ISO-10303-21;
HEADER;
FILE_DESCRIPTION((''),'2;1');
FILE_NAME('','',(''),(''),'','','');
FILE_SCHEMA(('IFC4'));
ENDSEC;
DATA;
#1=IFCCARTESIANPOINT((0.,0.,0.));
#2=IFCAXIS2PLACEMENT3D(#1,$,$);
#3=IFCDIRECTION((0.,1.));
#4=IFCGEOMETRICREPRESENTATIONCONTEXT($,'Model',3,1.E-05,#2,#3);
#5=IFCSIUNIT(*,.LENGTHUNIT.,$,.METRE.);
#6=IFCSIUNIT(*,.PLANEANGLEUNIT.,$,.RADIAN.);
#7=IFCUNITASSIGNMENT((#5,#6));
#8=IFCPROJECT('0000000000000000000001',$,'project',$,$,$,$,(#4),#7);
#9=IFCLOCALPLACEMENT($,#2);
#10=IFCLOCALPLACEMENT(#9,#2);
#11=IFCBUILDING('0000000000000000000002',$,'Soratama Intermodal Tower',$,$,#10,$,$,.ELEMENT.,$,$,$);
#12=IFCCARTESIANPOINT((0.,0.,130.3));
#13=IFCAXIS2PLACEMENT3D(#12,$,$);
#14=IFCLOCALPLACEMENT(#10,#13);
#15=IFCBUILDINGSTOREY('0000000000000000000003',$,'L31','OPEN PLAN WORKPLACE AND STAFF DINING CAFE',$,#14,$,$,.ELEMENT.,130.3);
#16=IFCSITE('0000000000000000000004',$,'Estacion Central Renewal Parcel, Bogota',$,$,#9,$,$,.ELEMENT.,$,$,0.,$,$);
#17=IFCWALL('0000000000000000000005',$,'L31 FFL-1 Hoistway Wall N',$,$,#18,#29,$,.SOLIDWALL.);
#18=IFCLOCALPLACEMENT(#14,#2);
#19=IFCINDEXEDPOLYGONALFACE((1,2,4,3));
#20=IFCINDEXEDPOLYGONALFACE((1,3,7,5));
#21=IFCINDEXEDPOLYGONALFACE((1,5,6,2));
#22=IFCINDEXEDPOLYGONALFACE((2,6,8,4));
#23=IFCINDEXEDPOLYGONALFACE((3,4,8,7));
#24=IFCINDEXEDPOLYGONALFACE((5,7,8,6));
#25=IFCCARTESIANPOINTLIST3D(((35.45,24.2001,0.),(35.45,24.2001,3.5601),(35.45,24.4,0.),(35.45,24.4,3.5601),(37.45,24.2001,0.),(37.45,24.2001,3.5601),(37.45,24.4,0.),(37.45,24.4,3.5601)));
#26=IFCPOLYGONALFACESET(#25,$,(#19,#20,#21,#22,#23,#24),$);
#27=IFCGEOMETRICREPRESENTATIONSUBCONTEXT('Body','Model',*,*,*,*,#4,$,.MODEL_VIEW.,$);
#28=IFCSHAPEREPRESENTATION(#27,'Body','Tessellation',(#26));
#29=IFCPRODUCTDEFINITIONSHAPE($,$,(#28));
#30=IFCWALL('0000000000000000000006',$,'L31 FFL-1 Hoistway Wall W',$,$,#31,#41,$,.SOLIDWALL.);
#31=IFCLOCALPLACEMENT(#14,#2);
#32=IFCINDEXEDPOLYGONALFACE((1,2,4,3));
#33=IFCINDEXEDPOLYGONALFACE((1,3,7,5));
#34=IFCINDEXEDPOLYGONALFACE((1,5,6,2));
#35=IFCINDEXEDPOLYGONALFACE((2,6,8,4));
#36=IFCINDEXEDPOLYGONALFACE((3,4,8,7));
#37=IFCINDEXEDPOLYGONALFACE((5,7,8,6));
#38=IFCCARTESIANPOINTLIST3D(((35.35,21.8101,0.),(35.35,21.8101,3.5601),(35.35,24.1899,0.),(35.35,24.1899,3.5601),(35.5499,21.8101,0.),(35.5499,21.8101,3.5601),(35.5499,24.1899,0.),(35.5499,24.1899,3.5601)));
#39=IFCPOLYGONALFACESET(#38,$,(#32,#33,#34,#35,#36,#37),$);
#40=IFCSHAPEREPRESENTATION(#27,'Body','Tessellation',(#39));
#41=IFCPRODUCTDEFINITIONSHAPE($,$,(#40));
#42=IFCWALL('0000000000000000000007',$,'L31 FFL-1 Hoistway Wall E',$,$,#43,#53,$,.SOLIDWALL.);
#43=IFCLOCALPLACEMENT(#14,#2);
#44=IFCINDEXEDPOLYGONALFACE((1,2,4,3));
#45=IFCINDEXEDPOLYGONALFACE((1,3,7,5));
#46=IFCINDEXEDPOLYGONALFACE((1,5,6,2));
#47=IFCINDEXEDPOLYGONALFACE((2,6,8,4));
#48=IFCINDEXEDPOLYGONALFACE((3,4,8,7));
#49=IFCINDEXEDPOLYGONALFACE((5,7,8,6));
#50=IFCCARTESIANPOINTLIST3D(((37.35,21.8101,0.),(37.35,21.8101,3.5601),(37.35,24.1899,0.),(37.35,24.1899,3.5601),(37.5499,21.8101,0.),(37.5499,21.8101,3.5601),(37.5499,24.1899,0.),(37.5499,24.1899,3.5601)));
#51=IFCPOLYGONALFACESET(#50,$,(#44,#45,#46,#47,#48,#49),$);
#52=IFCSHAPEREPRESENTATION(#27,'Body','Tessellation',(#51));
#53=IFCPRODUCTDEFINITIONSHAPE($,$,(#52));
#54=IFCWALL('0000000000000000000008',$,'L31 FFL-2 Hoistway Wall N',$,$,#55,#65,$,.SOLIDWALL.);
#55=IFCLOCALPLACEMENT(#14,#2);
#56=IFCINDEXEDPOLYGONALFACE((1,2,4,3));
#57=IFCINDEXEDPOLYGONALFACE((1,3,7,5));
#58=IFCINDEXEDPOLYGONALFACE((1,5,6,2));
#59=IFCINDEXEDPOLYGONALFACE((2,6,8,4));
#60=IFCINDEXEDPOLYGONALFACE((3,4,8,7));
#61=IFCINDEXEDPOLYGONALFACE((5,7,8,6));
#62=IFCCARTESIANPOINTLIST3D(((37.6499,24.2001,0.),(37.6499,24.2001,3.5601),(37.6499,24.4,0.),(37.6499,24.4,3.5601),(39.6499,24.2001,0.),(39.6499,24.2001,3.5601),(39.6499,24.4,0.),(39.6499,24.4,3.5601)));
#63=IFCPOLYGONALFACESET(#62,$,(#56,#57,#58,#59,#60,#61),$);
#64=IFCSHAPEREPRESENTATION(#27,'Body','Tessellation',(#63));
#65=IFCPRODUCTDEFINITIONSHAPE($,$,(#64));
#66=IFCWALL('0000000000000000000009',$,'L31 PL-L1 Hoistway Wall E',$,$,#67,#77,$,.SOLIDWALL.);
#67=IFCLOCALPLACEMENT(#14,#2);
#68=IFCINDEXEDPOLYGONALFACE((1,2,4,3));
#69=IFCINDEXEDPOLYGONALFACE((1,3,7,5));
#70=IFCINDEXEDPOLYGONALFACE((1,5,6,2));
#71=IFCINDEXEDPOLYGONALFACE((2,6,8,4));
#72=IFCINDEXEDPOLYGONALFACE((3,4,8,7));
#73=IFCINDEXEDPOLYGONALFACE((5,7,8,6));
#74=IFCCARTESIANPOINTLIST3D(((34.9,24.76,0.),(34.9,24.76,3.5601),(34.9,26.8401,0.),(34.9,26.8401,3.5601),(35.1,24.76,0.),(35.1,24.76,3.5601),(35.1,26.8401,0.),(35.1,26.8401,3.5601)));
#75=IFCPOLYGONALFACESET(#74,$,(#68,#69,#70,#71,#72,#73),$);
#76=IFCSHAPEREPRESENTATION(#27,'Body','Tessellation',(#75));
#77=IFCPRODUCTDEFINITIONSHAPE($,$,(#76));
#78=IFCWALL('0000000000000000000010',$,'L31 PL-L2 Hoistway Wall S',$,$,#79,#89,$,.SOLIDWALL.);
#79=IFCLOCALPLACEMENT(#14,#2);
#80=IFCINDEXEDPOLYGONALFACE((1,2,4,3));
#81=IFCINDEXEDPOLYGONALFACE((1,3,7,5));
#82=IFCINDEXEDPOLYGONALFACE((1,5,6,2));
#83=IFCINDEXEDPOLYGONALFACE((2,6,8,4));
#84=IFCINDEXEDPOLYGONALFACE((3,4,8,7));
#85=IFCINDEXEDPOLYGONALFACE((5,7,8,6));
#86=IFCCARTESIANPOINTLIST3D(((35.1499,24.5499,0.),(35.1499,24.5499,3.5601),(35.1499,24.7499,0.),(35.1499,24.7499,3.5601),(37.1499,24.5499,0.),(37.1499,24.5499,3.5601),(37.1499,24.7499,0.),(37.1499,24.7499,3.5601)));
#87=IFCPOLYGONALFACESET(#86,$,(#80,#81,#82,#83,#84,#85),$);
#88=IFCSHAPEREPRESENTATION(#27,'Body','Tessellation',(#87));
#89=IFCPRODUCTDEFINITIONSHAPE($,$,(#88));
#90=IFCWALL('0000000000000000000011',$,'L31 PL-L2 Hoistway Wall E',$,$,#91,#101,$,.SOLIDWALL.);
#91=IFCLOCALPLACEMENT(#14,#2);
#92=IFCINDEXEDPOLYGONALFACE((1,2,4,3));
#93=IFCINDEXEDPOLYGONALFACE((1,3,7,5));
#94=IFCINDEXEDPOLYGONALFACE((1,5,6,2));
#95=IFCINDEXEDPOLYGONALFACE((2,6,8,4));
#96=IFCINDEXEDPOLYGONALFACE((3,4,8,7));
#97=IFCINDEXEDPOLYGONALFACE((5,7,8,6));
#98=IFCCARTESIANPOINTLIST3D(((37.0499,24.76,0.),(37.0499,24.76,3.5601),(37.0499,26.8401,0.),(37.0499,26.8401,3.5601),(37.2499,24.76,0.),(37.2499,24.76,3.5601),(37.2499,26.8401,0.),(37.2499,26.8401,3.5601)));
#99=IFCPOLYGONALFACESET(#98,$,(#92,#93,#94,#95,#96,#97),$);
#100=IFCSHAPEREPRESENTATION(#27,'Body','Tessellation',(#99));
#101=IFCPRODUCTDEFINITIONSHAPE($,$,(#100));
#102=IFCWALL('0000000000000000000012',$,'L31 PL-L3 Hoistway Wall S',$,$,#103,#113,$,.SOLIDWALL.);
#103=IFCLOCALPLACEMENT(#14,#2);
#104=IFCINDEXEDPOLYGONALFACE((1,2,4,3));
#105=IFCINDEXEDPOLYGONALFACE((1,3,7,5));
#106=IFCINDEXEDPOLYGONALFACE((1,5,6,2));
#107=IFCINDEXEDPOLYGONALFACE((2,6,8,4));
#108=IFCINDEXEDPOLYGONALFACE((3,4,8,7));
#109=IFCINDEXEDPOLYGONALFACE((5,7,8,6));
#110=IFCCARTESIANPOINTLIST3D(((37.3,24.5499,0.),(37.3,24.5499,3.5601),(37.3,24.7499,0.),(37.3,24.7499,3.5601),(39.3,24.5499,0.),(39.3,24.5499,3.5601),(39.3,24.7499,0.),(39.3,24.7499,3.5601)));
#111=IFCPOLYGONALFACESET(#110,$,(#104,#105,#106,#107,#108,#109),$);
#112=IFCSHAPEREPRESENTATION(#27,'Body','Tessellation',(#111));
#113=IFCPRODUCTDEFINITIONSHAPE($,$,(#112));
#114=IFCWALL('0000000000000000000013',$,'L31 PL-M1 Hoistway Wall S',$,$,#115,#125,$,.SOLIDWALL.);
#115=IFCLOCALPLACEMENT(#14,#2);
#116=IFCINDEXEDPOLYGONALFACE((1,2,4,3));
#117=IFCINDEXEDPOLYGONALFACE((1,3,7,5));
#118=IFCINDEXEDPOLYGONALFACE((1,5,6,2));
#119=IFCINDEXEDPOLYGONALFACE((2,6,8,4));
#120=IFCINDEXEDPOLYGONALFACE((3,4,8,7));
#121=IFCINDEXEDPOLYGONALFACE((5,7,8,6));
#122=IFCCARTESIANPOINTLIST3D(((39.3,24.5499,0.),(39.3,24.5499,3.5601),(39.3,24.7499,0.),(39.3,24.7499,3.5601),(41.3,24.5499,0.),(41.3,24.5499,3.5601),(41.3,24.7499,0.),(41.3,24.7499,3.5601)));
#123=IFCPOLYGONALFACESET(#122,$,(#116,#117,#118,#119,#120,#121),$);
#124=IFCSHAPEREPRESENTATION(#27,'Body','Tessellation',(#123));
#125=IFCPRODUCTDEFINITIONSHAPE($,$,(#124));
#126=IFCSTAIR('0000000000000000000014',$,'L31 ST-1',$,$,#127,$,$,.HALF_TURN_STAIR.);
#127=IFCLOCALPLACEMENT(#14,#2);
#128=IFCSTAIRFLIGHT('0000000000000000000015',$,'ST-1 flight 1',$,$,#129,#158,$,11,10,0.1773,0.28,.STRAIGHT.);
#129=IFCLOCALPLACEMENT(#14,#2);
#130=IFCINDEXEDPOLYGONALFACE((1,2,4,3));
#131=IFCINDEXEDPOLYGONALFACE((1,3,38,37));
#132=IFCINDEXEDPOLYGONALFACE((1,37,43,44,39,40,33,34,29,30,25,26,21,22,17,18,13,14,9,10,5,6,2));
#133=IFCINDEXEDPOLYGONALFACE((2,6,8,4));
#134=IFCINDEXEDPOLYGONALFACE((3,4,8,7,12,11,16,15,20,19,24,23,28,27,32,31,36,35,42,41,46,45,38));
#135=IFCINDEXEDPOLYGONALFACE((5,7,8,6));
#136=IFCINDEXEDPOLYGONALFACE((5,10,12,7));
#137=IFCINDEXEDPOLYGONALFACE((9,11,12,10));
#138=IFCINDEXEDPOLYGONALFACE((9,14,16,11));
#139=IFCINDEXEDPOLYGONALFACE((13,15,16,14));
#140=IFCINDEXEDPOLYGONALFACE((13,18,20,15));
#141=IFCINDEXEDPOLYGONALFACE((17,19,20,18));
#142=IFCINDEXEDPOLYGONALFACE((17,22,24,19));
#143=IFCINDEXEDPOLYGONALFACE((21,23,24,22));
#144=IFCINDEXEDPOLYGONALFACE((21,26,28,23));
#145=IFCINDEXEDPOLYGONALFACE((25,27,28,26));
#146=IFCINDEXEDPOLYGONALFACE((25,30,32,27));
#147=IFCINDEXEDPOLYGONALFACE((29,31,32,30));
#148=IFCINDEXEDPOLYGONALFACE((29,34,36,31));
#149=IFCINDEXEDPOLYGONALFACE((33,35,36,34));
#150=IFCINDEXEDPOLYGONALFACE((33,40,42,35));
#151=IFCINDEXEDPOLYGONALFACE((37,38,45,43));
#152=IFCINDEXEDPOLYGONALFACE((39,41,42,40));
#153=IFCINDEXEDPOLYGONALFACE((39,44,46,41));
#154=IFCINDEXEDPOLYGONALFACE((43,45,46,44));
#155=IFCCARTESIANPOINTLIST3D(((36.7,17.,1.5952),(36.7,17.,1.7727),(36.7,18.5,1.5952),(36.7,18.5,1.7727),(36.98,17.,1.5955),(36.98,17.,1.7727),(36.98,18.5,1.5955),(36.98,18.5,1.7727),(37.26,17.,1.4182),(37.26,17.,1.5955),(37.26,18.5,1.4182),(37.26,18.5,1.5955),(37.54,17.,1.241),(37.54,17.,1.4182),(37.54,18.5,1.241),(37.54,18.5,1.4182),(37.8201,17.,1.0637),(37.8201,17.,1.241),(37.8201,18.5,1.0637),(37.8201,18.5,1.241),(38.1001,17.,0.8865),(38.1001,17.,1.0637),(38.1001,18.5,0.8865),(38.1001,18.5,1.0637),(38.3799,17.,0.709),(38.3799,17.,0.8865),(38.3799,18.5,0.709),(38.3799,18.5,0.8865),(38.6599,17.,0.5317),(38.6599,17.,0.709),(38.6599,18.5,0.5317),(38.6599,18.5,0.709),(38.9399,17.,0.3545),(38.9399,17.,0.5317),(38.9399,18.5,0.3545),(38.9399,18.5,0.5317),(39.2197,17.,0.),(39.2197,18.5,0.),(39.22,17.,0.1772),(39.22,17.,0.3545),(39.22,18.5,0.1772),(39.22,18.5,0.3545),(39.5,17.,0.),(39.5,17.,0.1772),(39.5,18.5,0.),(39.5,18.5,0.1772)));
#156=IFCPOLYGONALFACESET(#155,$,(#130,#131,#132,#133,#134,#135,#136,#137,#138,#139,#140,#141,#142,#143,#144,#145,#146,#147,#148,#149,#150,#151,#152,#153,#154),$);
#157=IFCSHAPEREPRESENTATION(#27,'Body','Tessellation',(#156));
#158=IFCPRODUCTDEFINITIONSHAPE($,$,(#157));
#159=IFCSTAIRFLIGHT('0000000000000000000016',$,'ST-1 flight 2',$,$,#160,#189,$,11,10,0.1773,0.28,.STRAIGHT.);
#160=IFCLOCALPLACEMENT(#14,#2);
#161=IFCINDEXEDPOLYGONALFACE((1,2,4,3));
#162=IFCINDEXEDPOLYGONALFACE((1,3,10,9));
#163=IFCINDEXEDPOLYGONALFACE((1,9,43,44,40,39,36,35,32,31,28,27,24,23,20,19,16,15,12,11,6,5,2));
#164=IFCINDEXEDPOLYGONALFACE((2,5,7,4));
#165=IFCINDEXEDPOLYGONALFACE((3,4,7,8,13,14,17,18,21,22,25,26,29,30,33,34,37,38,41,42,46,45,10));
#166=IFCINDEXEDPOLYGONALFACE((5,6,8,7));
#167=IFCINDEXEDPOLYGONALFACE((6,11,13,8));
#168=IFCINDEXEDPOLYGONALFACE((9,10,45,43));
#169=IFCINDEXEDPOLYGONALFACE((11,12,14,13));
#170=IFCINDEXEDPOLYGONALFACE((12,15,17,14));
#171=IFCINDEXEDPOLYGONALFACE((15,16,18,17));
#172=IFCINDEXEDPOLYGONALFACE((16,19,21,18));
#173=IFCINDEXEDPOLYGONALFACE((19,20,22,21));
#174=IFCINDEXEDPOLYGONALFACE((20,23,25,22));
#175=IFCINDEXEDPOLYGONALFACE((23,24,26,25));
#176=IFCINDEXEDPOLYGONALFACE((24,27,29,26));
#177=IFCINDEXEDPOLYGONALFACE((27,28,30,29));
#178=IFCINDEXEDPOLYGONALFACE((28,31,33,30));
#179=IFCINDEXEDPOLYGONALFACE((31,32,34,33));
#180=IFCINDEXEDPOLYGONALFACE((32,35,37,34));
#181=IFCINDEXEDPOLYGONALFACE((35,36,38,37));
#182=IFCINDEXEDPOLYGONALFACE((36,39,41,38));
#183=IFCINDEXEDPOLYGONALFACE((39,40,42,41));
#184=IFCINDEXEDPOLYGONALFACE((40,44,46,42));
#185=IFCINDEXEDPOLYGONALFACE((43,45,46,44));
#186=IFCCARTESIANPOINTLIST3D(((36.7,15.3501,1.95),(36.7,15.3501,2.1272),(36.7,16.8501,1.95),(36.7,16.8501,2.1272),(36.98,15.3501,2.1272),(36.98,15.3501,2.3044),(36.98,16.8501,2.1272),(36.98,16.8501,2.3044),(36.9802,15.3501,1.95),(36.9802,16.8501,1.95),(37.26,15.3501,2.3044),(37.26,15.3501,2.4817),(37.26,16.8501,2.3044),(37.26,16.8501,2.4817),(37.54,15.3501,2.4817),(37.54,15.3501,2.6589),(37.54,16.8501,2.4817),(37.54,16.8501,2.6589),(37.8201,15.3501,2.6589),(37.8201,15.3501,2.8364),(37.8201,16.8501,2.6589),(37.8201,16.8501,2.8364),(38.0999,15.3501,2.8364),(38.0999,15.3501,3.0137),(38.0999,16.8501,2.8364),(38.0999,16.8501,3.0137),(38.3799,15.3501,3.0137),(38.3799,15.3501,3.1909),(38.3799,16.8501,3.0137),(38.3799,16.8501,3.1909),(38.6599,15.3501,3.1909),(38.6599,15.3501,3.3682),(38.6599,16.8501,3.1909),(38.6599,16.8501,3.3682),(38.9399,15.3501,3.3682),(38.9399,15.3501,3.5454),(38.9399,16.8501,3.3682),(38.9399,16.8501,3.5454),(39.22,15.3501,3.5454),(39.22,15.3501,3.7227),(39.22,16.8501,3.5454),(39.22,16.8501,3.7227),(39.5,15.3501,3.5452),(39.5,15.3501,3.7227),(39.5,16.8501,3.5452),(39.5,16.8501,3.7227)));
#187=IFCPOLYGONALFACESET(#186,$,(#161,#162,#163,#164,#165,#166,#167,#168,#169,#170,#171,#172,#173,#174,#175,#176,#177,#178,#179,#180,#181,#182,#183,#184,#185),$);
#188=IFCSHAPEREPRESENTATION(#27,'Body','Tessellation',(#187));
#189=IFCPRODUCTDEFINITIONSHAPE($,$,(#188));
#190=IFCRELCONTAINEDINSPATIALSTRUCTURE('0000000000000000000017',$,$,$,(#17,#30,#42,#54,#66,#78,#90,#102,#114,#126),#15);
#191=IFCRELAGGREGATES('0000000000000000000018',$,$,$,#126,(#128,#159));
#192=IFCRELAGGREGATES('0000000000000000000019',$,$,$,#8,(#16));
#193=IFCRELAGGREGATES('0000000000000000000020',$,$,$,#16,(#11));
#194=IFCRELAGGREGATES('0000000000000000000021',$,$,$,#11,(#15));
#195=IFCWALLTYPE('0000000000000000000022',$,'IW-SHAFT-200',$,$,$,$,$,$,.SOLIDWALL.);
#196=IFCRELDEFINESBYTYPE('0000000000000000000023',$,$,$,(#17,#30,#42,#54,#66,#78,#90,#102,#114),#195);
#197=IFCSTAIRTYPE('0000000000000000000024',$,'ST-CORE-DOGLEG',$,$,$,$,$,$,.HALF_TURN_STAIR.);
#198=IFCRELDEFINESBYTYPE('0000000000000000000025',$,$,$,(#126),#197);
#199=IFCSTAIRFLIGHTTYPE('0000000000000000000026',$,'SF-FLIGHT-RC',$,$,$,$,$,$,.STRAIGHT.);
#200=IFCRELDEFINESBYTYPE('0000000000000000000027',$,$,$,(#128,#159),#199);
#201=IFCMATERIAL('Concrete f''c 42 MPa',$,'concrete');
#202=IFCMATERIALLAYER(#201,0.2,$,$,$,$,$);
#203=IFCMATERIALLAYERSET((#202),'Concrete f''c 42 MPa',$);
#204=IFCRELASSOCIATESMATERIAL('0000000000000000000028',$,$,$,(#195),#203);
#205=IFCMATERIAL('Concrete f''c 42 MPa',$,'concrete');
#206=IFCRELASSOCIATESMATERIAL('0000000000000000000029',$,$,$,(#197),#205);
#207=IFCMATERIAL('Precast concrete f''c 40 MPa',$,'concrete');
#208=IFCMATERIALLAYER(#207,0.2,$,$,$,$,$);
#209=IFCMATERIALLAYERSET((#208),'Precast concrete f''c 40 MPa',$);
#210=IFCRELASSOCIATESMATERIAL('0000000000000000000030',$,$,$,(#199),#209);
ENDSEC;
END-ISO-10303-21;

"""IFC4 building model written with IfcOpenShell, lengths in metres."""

from ifc_helpers import new_model, si_unit, direction, frame, frame_2d, origin, place, context, subcontext, project, spatial, polyline, rectangle, outline, extrude, material, layer, layer_set, type_object, element, aggregate, save


model = new_model("IFC4")

# Units and contexts
model_context = context("Model", 3, precision=1e-05, world=origin(), true_north=direction((0.0, 1.0)))
body_context = subcontext(model_context, "Body", "Model", "MODEL_VIEW")
ifc_project = project(units=[si_unit("LENGTHUNIT", "METRE"), si_unit("PLANEANGLEUNIT", "RADIAN")], contexts=[model_context])

# Site, building, storey
site_placement = place(None, origin())
site = spatial("IfcSite", under=ifc_project, at=site_placement, Name="Estacion Central Renewal Parcel, Bogota", CompositionType="ELEMENT", RefElevation=0.0)
building_placement = place(site_placement, origin())
building = spatial("IfcBuilding", under=site, at=building_placement, Name="Soratama Intermodal Tower", CompositionType="ELEMENT")
storey_placement = place(building_placement, frame((0.0, 0.0, 130.3)))
storey = spatial("IfcBuildingStorey", under=building, at=storey_placement, Name="L31", Description="OPEN PLAN WORKPLACE AND STAFF DINING CAFE", CompositionType="ELEMENT", Elevation=130.3)

# Shared definitions
ifc_material_1 = material(Name="Concrete f'c 42 MPa", Category="concrete")
ifc_layer_1 = layer(ifc_material_1, 0.2)
ifc_layer_set_1 = layer_set([ifc_layer_1], Name="Concrete f'c 42 MPa")
wall_type = type_object("IfcWallType", Name="IW-SHAFT-200", PredefinedType="SOLIDWALL", material=ifc_layer_set_1)

# Walls
wall_1_placement = place(storey_placement, frame((35.45, 24.3, 0.0), z_axis=(0.0, 0.0, 1.0), x_axis=(1.0, 0.0, 0.0)))
element("IfcWall", 1, at=wall_1_placement, inside=storey, type_object=wall_type, Name="L31 FFL-1 Hoistway Wall N", PredefinedType="SOLIDWALL", context=body_context, shape_type="SweptSolid", body=[
    extrude(rectangle(XDim=2.0, YDim=0.2, at=frame_2d((1.0, 0.0))), origin(), (0.0, 0.0, 1.0), 3.5601),
])
for number, where, z_axis, x_axis, name in (
    (2, (35.45, 21.8101, 0.0), (0.0, 0.0, 1.0), (0.0, 1.0, 0.0), "L31 FFL-1 Hoistway Wall W"),
    (3, (37.45, 21.8101, 0.0), (0.0, 0.0, 1.0), (0.0, 1.0, 0.0), "L31 FFL-1 Hoistway Wall E"),
):
    element("IfcWall", number, at=place(storey_placement, frame(where, z_axis=z_axis, x_axis=x_axis)), inside=storey, type_object=wall_type, Name=name, PredefinedType="SOLIDWALL", context=body_context, shape_type="SweptSolid", body=[
        extrude(rectangle(XDim=2.3799, YDim=0.2, at=frame_2d((1.1899, 0.0))), origin(), (0.0, 0.0, 1.0), 3.5601),
    ])

# Wall
wall_2_placement = place(storey_placement, frame((37.6499, 24.3, 0.0), z_axis=(0.0, 0.0, 1.0), x_axis=(1.0, 0.0, 0.0)))
element("IfcWall", 4, at=wall_2_placement, inside=storey, type_object=wall_type, Name="L31 FFL-2 Hoistway Wall N", PredefinedType="SOLIDWALL", context=body_context, shape_type="SweptSolid", body=[
    extrude(rectangle(XDim=2.0, YDim=0.2, at=frame_2d((1.0, 0.0))), origin(), (0.0, 0.0, 1.0), 3.5601),
])

# Walls
wall_3_placement = place(storey_placement, frame((35.0, 24.76, 0.0), z_axis=(0.0, 0.0, 1.0), x_axis=(0.0, 1.0, 0.0)))
element("IfcWall", 5, at=wall_3_placement, inside=storey, type_object=wall_type, Name="L31 PL-L1 Hoistway Wall E", PredefinedType="SOLIDWALL", context=body_context, shape_type="SweptSolid", body=[
    extrude(rectangle(XDim=2.0801, YDim=0.2, at=frame_2d((1.04, 0.0))), origin(), (0.0, 0.0, 1.0), 3.5601),
])
wall_4_placement = place(storey_placement, frame((35.1499, 24.6499, 0.0), z_axis=(0.0, 0.0, 1.0), x_axis=(1.0, 0.0, 0.0)))
element("IfcWall", 6, at=wall_4_placement, inside=storey, type_object=wall_type, Name="L31 PL-L2 Hoistway Wall S", PredefinedType="SOLIDWALL", context=body_context, shape_type="SweptSolid", body=[
    extrude(rectangle(XDim=2.0, YDim=0.2, at=frame_2d((1.0, 0.0))), origin(), (0.0, 0.0, 1.0), 3.5601),
])
wall_5_placement = place(storey_placement, frame((37.1499, 24.76, 0.0), z_axis=(0.0, 0.0, 1.0), x_axis=(0.0, 1.0, 0.0)))
element("IfcWall", 7, at=wall_5_placement, inside=storey, type_object=wall_type, Name="L31 PL-L2 Hoistway Wall E", PredefinedType="SOLIDWALL", context=body_context, shape_type="SweptSolid", body=[
    extrude(rectangle(XDim=2.0801, YDim=0.2, at=frame_2d((1.04, 0.0))), origin(), (0.0, 0.0, 1.0), 3.5601),
])
for number, where, z_axis, x_axis, name in (
    (8, (37.3, 24.6499, 0.0), (0.0, 0.0, 1.0), (1.0, 0.0, 0.0), "L31 PL-L3 Hoistway Wall S"),
    (9, (39.3, 24.6499, 0.0), (0.0, 0.0, 1.0), (1.0, 0.0, 0.0), "L31 PL-M1 Hoistway Wall S"),
):
    element("IfcWall", number, at=place(storey_placement, frame(where, z_axis=z_axis, x_axis=x_axis)), inside=storey, type_object=wall_type, Name=name, PredefinedType="SOLIDWALL", context=body_context, shape_type="SweptSolid", body=[
        extrude(rectangle(XDim=2.0, YDim=0.2, at=frame_2d((1.0, 0.0))), origin(), (0.0, 0.0, 1.0), 3.5601),
    ])

# Stair, stair flights
ifc_material_2 = material(Name="Concrete f'c 42 MPa", Category="concrete")
stair_type = type_object("IfcStairType", Name="ST-CORE-DOGLEG", PredefinedType="HALF_TURN_STAIR", material=ifc_material_2)
stair_placement = place(storey_placement, origin())
stair = element("IfcStair", 10, at=stair_placement, inside=storey, type_object=stair_type, Name="L31 ST-1", PredefinedType="HALF_TURN_STAIR")
ifc_material_3 = material(Name="Precast concrete f'c 40 MPa", Category="concrete")
ifc_layer_2 = layer(ifc_material_3, 0.2)
ifc_layer_set_2 = layer_set([ifc_layer_2], Name="Precast concrete f'c 40 MPa")
stair_flight_type = type_object("IfcStairFlightType", Name="SF-FLIGHT-RC", PredefinedType="STRAIGHT", material=ifc_layer_set_2)
stair_flight_1_placement = place(storey_placement, frame((39.5, 17.75, 0.0), z_axis=(0.0, 0.0, 1.0), x_axis=(-1.0, 0.0, 0.0)))
stair_flight_1 = element("IfcStairFlight", 11, at=stair_flight_1_placement, type_object=stair_flight_type, Name="ST-1 flight 1", NumberOfRisers=11, NumberOfTreads=10, PredefinedType="STRAIGHT", RiserHeight=0.1773, TreadLength=0.28, context=body_context, shape_type="SweptSolid", body=[
    extrude(outline(polyline([(0.0, 0.0), (0.0, 0.1772), (0.28, 0.1772), (0.28, 0.3545), (0.5601, 0.3545), (0.5601, 0.5317), (0.8401, 0.5317), (0.8401, 0.709), (1.1201, 0.709), (1.1201, 0.8865), (1.3999, 0.8865), (1.3999, 1.0637), (1.6799, 1.0637), (1.6799, 1.241), (1.96, 1.241), (1.96, 1.4182), (2.24, 1.4182), (2.24, 1.5955), (2.52, 1.5955), (2.52, 1.7727), (2.8, 1.7727), (2.8, 1.95), (2.8, 1.5952), (0.2803, 0.0), (0.0, 0.0)])), frame((0.0, 0.75, 0.0), z_axis=(0.0, -1.0, 0.0), x_axis=(1.0, 0.0, 0.0)), (0.0, 0.0, 1.0), 1.5),
])
stair_flight_2_placement = place(storey_placement, frame((36.7, 16.1001, 1.95), z_axis=(0.0, 0.0, 1.0), x_axis=(1.0, 0.0, 0.0)))
stair_flight_2 = element("IfcStairFlight", 12, at=stair_flight_2_placement, type_object=stair_flight_type, Name="ST-1 flight 2", NumberOfRisers=11, NumberOfTreads=10, PredefinedType="STRAIGHT", RiserHeight=0.1773, TreadLength=0.28, context=body_context, shape_type="SweptSolid", body=[
    extrude(outline(polyline([(0.0, 0.0), (0.0, 0.1772), (0.28, 0.1772), (0.28, 0.3545), (0.5601, 0.3545), (0.5601, 0.5317), (0.8401, 0.5317), (0.8401, 0.709), (1.1201, 0.709), (1.1201, 0.8865), (1.3999, 0.8865), (1.3999, 1.0637), (1.6799, 1.0637), (1.6799, 1.241), (1.96, 1.241), (1.96, 1.4182), (2.24, 1.4182), (2.24, 1.5955), (2.52, 1.5955), (2.52, 1.7727), (2.8, 1.7727), (2.8, 1.95), (2.8, 1.5952), (0.2803, 0.0), (0.0, 0.0)])), frame((0.0, 0.75, 0.0), z_axis=(0.0, -1.0, 0.0), x_axis=(1.0, 0.0, 0.0)), (0.0, 0.0, 1.0), 1.5),
])
aggregate(stair, [stair_flight_1, stair_flight_2])

save(model, "model.ifc")
